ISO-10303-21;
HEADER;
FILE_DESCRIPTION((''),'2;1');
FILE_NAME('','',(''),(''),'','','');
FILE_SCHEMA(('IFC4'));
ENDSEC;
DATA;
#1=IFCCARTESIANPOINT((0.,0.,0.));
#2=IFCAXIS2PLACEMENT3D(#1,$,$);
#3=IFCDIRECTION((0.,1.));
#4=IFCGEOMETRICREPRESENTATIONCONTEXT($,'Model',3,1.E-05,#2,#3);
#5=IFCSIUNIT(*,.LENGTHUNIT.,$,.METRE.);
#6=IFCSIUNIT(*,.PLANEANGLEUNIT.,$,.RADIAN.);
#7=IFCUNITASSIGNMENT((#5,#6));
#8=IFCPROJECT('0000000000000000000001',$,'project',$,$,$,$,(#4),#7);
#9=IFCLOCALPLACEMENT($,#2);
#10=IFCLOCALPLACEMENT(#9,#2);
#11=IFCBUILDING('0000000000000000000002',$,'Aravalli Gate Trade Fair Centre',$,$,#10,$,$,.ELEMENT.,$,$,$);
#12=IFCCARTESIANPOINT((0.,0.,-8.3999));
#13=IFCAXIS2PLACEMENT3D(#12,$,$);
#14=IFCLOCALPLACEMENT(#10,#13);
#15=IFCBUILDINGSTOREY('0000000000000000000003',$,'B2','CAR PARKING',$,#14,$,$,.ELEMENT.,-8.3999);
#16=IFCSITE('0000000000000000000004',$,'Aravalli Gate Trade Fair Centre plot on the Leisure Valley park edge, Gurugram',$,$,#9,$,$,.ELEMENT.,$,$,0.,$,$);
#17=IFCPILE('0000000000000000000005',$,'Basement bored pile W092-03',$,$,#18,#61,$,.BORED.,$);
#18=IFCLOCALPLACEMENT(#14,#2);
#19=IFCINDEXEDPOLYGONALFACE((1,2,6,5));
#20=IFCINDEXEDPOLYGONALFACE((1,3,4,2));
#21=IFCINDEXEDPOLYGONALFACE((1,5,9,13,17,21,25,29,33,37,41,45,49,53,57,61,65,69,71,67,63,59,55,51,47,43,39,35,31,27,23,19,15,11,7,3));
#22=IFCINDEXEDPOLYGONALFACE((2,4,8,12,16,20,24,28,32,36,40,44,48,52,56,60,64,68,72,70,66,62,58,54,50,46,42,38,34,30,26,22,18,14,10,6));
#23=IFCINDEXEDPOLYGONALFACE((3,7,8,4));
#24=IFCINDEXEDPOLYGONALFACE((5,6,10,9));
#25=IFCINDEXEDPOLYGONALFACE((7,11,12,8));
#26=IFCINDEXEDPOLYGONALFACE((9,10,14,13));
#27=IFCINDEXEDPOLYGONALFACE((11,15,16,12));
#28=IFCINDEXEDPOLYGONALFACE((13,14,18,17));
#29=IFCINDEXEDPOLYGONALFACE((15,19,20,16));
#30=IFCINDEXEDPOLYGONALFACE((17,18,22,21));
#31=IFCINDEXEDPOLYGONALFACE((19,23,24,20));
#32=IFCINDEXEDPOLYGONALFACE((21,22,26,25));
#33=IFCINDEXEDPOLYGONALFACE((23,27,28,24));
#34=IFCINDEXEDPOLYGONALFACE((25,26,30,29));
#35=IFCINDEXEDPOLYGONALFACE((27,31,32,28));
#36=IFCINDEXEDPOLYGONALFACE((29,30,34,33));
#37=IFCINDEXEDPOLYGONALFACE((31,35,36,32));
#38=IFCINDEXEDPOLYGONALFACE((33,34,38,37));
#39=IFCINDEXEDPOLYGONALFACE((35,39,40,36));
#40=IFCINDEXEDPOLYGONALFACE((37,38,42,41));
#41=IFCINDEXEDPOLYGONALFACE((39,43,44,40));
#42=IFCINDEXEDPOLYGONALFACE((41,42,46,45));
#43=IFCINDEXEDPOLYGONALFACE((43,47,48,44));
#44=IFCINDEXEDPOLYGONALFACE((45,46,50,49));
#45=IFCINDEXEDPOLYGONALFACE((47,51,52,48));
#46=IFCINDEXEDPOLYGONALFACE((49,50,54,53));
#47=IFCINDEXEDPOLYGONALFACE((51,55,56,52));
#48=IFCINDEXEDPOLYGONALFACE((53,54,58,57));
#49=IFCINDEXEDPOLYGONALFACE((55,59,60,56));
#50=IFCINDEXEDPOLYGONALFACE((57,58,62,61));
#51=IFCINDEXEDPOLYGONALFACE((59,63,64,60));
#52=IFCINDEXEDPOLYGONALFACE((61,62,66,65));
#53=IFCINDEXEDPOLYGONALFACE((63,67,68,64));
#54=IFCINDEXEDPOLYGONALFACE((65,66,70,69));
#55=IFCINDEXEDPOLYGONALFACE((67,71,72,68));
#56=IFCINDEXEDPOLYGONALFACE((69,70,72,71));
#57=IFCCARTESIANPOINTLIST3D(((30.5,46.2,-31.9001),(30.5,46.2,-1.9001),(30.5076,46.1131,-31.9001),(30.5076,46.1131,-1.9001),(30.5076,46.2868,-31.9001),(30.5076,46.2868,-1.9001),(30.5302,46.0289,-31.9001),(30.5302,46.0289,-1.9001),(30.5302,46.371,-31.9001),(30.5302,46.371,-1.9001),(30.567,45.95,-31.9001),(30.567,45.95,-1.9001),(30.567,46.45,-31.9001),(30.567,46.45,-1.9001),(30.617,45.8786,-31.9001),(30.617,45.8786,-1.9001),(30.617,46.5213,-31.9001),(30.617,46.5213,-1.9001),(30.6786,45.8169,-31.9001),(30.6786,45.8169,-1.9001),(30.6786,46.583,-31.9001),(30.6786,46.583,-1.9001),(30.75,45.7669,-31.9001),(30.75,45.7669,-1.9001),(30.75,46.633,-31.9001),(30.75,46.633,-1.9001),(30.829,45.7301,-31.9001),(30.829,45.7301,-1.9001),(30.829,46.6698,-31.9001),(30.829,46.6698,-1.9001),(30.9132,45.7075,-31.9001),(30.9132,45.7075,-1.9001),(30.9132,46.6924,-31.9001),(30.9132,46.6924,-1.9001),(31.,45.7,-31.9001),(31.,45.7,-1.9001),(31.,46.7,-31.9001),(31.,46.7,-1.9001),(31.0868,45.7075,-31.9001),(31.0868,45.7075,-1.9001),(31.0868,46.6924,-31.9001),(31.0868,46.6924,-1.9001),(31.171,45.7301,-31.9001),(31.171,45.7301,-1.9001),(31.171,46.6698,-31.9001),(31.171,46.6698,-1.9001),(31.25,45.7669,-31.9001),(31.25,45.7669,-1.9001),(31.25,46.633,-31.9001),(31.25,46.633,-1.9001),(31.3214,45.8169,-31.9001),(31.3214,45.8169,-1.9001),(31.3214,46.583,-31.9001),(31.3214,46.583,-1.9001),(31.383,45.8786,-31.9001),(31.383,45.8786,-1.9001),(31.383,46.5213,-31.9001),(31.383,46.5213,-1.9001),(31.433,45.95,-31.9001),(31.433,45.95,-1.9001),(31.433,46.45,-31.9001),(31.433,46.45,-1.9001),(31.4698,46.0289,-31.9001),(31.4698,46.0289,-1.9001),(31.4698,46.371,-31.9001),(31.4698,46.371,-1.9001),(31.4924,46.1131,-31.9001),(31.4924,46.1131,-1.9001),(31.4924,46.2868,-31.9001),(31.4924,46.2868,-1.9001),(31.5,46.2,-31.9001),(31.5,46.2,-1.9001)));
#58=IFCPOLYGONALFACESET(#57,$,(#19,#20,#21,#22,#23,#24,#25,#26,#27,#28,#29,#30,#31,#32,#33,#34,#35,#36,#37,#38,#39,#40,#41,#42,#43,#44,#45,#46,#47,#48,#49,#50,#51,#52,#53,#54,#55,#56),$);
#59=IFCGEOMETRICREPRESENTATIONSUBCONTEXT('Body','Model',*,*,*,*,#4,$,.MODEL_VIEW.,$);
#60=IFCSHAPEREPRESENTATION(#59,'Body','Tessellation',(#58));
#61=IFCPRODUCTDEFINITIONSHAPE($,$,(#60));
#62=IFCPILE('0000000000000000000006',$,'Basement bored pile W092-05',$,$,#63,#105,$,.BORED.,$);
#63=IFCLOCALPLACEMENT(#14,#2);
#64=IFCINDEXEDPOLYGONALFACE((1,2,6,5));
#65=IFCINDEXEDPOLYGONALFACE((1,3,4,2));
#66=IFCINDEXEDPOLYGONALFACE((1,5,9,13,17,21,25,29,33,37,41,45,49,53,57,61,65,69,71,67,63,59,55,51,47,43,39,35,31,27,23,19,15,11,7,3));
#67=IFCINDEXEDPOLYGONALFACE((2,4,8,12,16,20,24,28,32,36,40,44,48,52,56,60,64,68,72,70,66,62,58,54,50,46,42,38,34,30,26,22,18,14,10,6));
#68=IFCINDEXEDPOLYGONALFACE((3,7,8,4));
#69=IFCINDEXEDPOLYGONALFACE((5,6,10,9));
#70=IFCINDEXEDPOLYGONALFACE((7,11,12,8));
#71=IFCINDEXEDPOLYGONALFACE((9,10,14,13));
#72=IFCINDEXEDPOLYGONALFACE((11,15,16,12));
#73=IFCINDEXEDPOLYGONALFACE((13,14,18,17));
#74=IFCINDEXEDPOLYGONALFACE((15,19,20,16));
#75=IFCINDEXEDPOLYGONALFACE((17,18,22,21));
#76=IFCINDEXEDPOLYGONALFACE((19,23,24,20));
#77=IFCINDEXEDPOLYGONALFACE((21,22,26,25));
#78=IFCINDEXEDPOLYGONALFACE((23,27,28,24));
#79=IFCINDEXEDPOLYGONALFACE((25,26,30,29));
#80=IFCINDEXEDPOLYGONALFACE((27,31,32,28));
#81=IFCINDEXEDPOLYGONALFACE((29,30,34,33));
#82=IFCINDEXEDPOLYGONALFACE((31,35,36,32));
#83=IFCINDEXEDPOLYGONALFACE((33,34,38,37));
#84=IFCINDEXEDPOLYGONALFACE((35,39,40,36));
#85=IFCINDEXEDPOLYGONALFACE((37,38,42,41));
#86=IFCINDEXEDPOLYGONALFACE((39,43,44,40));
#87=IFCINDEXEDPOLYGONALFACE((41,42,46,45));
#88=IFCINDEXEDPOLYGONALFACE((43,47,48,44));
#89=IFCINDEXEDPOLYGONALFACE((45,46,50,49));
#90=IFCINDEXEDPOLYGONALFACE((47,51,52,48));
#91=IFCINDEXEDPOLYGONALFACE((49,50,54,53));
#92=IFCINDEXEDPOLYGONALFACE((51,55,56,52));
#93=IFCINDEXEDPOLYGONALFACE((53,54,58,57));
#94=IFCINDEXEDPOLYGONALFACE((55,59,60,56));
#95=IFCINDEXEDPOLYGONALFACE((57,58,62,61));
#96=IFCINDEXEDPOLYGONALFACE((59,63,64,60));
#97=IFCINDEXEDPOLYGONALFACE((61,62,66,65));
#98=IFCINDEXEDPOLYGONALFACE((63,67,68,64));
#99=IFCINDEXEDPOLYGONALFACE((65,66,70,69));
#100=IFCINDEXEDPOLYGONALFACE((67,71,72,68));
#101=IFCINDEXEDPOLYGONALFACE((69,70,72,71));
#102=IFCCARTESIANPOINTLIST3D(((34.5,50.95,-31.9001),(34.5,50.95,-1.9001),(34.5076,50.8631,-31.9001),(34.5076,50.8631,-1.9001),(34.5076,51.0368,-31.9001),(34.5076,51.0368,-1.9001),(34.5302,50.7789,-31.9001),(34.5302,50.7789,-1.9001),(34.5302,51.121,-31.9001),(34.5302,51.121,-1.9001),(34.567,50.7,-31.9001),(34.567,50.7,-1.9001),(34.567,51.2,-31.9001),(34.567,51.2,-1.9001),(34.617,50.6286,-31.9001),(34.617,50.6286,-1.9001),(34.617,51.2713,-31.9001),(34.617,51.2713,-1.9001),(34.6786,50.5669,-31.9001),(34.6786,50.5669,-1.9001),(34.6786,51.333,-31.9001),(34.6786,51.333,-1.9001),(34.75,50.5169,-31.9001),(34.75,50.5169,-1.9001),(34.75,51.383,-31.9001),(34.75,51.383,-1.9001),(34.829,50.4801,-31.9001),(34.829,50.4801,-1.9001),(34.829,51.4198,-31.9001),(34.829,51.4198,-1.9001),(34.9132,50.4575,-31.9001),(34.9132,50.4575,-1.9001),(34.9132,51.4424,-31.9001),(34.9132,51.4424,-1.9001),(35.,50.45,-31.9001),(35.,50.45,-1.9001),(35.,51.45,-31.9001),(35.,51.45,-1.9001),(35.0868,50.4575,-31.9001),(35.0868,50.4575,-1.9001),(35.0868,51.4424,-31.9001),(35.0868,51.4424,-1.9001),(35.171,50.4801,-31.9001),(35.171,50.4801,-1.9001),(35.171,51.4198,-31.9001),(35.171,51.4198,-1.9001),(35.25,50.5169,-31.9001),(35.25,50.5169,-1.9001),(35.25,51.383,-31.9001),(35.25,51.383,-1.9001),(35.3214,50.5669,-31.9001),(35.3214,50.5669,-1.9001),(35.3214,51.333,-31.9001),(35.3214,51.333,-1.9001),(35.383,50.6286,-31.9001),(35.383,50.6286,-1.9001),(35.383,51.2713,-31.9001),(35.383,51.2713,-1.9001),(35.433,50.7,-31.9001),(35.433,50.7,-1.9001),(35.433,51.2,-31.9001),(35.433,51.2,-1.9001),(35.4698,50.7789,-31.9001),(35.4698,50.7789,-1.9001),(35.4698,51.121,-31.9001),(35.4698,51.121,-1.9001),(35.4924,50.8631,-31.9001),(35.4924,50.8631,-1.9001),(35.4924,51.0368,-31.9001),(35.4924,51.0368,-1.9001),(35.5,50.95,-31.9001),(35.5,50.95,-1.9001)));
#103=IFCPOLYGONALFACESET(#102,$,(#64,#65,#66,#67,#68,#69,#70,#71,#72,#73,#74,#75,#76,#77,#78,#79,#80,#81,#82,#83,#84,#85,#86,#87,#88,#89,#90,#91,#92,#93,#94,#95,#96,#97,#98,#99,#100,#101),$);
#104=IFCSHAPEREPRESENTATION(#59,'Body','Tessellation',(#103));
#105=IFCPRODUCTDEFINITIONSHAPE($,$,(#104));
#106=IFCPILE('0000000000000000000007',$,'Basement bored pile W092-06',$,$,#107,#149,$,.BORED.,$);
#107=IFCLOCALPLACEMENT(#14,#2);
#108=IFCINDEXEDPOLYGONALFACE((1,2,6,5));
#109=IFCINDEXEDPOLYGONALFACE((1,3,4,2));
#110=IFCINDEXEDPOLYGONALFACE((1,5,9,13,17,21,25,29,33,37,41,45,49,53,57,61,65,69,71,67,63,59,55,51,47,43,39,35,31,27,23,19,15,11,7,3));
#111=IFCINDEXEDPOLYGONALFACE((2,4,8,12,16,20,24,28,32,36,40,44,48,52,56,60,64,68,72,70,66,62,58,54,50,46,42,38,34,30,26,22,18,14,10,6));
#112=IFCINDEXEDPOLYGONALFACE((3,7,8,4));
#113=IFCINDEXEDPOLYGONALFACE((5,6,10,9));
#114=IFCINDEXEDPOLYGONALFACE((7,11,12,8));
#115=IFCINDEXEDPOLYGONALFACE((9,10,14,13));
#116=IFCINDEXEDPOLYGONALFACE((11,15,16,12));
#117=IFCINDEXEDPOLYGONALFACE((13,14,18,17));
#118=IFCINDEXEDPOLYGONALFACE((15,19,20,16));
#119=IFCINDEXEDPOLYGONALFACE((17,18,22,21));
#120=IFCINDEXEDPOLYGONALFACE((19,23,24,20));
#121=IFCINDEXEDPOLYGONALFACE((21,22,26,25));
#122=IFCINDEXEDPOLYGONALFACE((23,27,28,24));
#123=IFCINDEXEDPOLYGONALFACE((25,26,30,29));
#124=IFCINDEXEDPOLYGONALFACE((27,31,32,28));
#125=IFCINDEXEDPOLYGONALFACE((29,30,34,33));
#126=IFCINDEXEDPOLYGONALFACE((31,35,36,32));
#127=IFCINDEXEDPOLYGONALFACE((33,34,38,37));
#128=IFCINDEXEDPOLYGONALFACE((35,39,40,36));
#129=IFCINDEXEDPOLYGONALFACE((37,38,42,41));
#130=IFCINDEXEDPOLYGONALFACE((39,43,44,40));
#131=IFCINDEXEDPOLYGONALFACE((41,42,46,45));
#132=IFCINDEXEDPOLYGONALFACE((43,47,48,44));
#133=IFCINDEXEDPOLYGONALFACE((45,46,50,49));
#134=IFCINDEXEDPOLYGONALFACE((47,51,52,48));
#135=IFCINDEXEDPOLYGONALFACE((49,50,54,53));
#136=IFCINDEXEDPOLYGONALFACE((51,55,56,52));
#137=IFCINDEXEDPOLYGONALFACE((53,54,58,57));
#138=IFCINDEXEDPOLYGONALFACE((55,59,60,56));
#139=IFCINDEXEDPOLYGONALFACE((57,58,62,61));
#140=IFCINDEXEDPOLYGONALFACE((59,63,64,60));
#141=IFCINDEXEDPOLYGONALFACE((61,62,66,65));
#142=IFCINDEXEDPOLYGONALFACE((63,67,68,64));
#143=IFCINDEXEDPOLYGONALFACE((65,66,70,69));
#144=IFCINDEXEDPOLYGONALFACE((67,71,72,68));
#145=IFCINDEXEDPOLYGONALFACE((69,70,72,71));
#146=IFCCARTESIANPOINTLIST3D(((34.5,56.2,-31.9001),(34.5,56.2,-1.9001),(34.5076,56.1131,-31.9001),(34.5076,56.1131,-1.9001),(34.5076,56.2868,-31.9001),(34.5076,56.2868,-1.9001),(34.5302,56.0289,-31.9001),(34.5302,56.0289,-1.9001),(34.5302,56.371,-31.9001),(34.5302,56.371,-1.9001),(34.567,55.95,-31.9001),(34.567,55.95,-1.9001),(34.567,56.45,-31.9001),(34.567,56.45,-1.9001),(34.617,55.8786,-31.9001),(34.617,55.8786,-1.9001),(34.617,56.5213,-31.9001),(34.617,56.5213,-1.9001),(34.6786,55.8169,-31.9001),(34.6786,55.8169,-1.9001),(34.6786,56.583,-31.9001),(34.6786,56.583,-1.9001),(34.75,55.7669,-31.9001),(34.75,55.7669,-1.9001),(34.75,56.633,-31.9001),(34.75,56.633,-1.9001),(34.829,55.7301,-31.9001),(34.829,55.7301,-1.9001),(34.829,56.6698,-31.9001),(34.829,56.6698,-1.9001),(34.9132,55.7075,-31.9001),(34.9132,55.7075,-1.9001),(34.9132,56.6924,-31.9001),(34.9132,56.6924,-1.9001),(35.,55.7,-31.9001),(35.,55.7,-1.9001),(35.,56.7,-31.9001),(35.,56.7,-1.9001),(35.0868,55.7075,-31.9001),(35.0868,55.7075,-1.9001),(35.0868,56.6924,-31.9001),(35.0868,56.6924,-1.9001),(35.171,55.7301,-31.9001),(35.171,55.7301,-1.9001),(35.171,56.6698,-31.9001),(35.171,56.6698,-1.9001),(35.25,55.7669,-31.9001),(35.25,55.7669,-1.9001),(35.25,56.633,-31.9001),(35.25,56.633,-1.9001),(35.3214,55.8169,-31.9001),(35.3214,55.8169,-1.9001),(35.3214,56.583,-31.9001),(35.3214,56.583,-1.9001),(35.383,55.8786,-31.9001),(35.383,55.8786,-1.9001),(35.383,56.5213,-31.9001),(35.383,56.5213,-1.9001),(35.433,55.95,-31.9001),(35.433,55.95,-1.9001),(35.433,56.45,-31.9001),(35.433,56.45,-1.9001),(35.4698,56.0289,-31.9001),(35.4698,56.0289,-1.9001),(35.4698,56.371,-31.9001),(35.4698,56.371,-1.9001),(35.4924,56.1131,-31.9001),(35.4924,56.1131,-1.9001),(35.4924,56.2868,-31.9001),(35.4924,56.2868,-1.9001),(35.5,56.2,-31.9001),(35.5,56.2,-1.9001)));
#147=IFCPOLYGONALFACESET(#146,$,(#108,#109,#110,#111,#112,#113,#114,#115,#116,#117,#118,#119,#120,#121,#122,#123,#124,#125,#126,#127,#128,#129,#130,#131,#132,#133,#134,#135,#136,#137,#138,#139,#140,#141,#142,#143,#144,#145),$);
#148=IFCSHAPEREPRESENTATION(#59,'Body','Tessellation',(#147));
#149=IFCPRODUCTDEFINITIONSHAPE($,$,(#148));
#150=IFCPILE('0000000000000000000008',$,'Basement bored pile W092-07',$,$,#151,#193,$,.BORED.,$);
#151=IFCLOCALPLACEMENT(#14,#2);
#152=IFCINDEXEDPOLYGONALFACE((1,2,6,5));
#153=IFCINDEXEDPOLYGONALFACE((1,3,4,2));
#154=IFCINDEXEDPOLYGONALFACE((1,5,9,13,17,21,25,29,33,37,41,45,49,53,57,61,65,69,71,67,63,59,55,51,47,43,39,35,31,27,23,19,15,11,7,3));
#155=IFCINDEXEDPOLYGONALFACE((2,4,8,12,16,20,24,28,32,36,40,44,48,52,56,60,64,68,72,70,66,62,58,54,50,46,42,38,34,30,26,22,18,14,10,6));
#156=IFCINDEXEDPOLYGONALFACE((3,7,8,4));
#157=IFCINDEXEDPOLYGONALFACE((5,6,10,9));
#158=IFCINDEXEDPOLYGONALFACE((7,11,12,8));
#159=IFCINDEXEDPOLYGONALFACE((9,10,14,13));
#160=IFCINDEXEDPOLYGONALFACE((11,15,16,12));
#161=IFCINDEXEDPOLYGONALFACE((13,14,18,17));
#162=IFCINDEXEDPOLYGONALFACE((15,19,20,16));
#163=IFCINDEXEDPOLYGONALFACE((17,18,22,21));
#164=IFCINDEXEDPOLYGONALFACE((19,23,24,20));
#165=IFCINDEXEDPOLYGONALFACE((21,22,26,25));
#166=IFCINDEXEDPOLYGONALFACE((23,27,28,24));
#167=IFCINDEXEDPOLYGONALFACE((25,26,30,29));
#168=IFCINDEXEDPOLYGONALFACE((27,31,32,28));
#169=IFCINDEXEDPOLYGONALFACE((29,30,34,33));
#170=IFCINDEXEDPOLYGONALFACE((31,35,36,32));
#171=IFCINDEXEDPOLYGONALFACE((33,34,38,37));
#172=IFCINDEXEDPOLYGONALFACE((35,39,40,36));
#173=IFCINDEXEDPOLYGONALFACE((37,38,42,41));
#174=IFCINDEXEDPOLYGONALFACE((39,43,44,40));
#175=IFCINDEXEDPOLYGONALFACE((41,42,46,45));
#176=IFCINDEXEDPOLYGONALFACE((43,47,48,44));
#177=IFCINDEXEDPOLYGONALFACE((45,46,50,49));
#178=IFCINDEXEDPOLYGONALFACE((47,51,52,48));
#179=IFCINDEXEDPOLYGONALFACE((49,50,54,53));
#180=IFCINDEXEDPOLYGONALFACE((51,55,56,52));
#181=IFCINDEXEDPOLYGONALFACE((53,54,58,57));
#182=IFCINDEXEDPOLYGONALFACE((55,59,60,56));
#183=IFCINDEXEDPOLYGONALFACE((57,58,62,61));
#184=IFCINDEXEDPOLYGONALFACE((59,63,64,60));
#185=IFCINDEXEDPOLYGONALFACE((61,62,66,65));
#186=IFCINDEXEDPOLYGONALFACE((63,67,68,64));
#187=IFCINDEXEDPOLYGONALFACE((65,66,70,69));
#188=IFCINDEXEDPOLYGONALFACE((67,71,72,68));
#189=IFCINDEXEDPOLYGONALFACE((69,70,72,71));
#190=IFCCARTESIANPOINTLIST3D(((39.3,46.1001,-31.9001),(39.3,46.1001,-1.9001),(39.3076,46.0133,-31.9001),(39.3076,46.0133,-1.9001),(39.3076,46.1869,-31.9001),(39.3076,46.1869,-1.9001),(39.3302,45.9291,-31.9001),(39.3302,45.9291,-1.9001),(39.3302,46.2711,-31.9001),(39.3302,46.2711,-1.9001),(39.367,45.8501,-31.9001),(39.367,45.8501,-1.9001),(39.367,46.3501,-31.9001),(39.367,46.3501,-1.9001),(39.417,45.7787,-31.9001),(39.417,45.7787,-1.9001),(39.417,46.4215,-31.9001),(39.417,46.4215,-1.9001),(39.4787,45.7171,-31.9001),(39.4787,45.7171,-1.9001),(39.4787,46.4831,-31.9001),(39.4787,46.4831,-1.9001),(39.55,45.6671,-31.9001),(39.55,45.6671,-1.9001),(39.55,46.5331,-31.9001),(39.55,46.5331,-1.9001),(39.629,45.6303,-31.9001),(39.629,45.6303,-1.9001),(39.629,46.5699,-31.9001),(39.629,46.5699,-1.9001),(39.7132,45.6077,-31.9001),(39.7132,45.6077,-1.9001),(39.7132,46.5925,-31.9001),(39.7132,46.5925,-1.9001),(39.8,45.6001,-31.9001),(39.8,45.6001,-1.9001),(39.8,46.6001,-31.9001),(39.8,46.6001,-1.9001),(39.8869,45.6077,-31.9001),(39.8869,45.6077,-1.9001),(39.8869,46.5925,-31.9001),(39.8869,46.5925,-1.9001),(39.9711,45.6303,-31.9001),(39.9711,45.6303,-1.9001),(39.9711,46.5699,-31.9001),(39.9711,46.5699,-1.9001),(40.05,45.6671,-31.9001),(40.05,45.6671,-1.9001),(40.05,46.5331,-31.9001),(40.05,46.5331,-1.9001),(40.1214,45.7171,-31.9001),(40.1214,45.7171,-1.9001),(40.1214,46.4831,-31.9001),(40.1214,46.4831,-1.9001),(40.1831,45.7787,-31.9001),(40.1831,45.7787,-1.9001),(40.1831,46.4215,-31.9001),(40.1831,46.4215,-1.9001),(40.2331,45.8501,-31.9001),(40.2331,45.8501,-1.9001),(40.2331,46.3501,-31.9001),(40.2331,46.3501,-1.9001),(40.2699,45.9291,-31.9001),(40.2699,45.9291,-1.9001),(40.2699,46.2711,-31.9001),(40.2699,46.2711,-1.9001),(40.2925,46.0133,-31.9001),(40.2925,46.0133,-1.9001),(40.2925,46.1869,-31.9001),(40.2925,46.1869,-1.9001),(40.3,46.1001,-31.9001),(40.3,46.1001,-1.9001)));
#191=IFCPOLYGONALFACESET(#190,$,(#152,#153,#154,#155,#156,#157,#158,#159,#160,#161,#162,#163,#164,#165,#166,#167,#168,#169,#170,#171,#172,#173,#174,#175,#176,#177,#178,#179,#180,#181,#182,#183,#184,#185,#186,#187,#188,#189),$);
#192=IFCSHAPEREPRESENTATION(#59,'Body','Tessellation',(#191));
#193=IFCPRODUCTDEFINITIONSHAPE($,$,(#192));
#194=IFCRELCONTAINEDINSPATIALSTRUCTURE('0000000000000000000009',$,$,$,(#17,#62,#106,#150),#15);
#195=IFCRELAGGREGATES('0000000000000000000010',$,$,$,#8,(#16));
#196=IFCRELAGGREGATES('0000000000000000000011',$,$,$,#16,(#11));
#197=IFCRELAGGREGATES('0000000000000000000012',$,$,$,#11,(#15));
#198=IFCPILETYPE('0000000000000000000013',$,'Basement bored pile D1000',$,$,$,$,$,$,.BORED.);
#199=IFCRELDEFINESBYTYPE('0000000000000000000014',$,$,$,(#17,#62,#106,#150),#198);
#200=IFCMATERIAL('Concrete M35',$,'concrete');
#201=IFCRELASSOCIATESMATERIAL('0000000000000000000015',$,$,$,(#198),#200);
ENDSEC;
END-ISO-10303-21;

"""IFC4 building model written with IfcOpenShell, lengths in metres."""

from ifc_helpers import new_model, si_unit, direction, frame, origin, origin_2d, place, context, subcontext, project, spatial, circle, extrude, material, material_profile, profile_set, type_object, element, save


model = new_model("IFC4")

# Units and contexts
model_context = context("Model", 3, precision=1e-05, world=origin(), true_north=direction((0.0, 1.0)))
body_context = subcontext(model_context, "Body", "Model", "MODEL_VIEW")
ifc_project = project(units=[si_unit("LENGTHUNIT", "METRE"), si_unit("PLANEANGLEUNIT", "RADIAN")], contexts=[model_context])

# Site, building, storey
site_placement = place(None, origin())
site = spatial("IfcSite", under=ifc_project, at=site_placement, Name="Aravalli Gate Trade Fair Centre plot on the Leisure Valley park edge, Gurugram", CompositionType="ELEMENT", RefElevation=0.0)
building_placement = place(site_placement, origin())
building = spatial("IfcBuilding", under=site, at=building_placement, Name="Aravalli Gate Trade Fair Centre", CompositionType="ELEMENT")
storey_placement = place(building_placement, frame((0.0, 0.0, -8.3999)))
storey = spatial("IfcBuildingStorey", under=building, at=storey_placement, Name="B2", Description="CAR PARKING", CompositionType="ELEMENT", Elevation=-8.3999)

# Piles
ifc_material_1 = material(Name="Concrete M35", Category="concrete")
ifc_material_profile_1 = material_profile(ifc_material_1, circle(Radius=0.5, at=origin_2d()), Name="D1000")
ifc_profile_set_1 = profile_set([ifc_material_profile_1], Name="Concrete M35")
pile_type = type_object("IfcPileType", Name="Basement bored pile D1000", PredefinedType="BORED", material=ifc_profile_set_1)
for number, where, z_axis, x_axis, name in (
    (1, (31.0, 46.2, -1.9001), (0.0, 0.0, -1.0), (1.0, 0.0, 0.0), "Basement bored pile W092-03"),
    (2, (35.0, 50.95, -1.9001), (0.0, 0.0, -1.0), (1.0, 0.0, 0.0), "Basement bored pile W092-05"),
    (3, (35.0, 56.2, -1.9001), (0.0, 0.0, -1.0), (1.0, 0.0, 0.0), "Basement bored pile W092-06"),
    (4, (39.8, 46.1001, -1.9001), (0.0, 0.0, -1.0), (1.0, 0.0, 0.0), "Basement bored pile W092-07"),
):
    element("IfcPile", number, at=place(storey_placement, frame(where, z_axis=z_axis, x_axis=x_axis)), inside=storey, type_object=pile_type, Name=name, PredefinedType="BORED", context=body_context, shape_type="SweptSolid", body=[
        extrude(circle(Radius=0.5, at=origin_2d()), origin(), (0.0, 0.0, 1.0), 30.0),
    ])

save(model, "model.ifc")
